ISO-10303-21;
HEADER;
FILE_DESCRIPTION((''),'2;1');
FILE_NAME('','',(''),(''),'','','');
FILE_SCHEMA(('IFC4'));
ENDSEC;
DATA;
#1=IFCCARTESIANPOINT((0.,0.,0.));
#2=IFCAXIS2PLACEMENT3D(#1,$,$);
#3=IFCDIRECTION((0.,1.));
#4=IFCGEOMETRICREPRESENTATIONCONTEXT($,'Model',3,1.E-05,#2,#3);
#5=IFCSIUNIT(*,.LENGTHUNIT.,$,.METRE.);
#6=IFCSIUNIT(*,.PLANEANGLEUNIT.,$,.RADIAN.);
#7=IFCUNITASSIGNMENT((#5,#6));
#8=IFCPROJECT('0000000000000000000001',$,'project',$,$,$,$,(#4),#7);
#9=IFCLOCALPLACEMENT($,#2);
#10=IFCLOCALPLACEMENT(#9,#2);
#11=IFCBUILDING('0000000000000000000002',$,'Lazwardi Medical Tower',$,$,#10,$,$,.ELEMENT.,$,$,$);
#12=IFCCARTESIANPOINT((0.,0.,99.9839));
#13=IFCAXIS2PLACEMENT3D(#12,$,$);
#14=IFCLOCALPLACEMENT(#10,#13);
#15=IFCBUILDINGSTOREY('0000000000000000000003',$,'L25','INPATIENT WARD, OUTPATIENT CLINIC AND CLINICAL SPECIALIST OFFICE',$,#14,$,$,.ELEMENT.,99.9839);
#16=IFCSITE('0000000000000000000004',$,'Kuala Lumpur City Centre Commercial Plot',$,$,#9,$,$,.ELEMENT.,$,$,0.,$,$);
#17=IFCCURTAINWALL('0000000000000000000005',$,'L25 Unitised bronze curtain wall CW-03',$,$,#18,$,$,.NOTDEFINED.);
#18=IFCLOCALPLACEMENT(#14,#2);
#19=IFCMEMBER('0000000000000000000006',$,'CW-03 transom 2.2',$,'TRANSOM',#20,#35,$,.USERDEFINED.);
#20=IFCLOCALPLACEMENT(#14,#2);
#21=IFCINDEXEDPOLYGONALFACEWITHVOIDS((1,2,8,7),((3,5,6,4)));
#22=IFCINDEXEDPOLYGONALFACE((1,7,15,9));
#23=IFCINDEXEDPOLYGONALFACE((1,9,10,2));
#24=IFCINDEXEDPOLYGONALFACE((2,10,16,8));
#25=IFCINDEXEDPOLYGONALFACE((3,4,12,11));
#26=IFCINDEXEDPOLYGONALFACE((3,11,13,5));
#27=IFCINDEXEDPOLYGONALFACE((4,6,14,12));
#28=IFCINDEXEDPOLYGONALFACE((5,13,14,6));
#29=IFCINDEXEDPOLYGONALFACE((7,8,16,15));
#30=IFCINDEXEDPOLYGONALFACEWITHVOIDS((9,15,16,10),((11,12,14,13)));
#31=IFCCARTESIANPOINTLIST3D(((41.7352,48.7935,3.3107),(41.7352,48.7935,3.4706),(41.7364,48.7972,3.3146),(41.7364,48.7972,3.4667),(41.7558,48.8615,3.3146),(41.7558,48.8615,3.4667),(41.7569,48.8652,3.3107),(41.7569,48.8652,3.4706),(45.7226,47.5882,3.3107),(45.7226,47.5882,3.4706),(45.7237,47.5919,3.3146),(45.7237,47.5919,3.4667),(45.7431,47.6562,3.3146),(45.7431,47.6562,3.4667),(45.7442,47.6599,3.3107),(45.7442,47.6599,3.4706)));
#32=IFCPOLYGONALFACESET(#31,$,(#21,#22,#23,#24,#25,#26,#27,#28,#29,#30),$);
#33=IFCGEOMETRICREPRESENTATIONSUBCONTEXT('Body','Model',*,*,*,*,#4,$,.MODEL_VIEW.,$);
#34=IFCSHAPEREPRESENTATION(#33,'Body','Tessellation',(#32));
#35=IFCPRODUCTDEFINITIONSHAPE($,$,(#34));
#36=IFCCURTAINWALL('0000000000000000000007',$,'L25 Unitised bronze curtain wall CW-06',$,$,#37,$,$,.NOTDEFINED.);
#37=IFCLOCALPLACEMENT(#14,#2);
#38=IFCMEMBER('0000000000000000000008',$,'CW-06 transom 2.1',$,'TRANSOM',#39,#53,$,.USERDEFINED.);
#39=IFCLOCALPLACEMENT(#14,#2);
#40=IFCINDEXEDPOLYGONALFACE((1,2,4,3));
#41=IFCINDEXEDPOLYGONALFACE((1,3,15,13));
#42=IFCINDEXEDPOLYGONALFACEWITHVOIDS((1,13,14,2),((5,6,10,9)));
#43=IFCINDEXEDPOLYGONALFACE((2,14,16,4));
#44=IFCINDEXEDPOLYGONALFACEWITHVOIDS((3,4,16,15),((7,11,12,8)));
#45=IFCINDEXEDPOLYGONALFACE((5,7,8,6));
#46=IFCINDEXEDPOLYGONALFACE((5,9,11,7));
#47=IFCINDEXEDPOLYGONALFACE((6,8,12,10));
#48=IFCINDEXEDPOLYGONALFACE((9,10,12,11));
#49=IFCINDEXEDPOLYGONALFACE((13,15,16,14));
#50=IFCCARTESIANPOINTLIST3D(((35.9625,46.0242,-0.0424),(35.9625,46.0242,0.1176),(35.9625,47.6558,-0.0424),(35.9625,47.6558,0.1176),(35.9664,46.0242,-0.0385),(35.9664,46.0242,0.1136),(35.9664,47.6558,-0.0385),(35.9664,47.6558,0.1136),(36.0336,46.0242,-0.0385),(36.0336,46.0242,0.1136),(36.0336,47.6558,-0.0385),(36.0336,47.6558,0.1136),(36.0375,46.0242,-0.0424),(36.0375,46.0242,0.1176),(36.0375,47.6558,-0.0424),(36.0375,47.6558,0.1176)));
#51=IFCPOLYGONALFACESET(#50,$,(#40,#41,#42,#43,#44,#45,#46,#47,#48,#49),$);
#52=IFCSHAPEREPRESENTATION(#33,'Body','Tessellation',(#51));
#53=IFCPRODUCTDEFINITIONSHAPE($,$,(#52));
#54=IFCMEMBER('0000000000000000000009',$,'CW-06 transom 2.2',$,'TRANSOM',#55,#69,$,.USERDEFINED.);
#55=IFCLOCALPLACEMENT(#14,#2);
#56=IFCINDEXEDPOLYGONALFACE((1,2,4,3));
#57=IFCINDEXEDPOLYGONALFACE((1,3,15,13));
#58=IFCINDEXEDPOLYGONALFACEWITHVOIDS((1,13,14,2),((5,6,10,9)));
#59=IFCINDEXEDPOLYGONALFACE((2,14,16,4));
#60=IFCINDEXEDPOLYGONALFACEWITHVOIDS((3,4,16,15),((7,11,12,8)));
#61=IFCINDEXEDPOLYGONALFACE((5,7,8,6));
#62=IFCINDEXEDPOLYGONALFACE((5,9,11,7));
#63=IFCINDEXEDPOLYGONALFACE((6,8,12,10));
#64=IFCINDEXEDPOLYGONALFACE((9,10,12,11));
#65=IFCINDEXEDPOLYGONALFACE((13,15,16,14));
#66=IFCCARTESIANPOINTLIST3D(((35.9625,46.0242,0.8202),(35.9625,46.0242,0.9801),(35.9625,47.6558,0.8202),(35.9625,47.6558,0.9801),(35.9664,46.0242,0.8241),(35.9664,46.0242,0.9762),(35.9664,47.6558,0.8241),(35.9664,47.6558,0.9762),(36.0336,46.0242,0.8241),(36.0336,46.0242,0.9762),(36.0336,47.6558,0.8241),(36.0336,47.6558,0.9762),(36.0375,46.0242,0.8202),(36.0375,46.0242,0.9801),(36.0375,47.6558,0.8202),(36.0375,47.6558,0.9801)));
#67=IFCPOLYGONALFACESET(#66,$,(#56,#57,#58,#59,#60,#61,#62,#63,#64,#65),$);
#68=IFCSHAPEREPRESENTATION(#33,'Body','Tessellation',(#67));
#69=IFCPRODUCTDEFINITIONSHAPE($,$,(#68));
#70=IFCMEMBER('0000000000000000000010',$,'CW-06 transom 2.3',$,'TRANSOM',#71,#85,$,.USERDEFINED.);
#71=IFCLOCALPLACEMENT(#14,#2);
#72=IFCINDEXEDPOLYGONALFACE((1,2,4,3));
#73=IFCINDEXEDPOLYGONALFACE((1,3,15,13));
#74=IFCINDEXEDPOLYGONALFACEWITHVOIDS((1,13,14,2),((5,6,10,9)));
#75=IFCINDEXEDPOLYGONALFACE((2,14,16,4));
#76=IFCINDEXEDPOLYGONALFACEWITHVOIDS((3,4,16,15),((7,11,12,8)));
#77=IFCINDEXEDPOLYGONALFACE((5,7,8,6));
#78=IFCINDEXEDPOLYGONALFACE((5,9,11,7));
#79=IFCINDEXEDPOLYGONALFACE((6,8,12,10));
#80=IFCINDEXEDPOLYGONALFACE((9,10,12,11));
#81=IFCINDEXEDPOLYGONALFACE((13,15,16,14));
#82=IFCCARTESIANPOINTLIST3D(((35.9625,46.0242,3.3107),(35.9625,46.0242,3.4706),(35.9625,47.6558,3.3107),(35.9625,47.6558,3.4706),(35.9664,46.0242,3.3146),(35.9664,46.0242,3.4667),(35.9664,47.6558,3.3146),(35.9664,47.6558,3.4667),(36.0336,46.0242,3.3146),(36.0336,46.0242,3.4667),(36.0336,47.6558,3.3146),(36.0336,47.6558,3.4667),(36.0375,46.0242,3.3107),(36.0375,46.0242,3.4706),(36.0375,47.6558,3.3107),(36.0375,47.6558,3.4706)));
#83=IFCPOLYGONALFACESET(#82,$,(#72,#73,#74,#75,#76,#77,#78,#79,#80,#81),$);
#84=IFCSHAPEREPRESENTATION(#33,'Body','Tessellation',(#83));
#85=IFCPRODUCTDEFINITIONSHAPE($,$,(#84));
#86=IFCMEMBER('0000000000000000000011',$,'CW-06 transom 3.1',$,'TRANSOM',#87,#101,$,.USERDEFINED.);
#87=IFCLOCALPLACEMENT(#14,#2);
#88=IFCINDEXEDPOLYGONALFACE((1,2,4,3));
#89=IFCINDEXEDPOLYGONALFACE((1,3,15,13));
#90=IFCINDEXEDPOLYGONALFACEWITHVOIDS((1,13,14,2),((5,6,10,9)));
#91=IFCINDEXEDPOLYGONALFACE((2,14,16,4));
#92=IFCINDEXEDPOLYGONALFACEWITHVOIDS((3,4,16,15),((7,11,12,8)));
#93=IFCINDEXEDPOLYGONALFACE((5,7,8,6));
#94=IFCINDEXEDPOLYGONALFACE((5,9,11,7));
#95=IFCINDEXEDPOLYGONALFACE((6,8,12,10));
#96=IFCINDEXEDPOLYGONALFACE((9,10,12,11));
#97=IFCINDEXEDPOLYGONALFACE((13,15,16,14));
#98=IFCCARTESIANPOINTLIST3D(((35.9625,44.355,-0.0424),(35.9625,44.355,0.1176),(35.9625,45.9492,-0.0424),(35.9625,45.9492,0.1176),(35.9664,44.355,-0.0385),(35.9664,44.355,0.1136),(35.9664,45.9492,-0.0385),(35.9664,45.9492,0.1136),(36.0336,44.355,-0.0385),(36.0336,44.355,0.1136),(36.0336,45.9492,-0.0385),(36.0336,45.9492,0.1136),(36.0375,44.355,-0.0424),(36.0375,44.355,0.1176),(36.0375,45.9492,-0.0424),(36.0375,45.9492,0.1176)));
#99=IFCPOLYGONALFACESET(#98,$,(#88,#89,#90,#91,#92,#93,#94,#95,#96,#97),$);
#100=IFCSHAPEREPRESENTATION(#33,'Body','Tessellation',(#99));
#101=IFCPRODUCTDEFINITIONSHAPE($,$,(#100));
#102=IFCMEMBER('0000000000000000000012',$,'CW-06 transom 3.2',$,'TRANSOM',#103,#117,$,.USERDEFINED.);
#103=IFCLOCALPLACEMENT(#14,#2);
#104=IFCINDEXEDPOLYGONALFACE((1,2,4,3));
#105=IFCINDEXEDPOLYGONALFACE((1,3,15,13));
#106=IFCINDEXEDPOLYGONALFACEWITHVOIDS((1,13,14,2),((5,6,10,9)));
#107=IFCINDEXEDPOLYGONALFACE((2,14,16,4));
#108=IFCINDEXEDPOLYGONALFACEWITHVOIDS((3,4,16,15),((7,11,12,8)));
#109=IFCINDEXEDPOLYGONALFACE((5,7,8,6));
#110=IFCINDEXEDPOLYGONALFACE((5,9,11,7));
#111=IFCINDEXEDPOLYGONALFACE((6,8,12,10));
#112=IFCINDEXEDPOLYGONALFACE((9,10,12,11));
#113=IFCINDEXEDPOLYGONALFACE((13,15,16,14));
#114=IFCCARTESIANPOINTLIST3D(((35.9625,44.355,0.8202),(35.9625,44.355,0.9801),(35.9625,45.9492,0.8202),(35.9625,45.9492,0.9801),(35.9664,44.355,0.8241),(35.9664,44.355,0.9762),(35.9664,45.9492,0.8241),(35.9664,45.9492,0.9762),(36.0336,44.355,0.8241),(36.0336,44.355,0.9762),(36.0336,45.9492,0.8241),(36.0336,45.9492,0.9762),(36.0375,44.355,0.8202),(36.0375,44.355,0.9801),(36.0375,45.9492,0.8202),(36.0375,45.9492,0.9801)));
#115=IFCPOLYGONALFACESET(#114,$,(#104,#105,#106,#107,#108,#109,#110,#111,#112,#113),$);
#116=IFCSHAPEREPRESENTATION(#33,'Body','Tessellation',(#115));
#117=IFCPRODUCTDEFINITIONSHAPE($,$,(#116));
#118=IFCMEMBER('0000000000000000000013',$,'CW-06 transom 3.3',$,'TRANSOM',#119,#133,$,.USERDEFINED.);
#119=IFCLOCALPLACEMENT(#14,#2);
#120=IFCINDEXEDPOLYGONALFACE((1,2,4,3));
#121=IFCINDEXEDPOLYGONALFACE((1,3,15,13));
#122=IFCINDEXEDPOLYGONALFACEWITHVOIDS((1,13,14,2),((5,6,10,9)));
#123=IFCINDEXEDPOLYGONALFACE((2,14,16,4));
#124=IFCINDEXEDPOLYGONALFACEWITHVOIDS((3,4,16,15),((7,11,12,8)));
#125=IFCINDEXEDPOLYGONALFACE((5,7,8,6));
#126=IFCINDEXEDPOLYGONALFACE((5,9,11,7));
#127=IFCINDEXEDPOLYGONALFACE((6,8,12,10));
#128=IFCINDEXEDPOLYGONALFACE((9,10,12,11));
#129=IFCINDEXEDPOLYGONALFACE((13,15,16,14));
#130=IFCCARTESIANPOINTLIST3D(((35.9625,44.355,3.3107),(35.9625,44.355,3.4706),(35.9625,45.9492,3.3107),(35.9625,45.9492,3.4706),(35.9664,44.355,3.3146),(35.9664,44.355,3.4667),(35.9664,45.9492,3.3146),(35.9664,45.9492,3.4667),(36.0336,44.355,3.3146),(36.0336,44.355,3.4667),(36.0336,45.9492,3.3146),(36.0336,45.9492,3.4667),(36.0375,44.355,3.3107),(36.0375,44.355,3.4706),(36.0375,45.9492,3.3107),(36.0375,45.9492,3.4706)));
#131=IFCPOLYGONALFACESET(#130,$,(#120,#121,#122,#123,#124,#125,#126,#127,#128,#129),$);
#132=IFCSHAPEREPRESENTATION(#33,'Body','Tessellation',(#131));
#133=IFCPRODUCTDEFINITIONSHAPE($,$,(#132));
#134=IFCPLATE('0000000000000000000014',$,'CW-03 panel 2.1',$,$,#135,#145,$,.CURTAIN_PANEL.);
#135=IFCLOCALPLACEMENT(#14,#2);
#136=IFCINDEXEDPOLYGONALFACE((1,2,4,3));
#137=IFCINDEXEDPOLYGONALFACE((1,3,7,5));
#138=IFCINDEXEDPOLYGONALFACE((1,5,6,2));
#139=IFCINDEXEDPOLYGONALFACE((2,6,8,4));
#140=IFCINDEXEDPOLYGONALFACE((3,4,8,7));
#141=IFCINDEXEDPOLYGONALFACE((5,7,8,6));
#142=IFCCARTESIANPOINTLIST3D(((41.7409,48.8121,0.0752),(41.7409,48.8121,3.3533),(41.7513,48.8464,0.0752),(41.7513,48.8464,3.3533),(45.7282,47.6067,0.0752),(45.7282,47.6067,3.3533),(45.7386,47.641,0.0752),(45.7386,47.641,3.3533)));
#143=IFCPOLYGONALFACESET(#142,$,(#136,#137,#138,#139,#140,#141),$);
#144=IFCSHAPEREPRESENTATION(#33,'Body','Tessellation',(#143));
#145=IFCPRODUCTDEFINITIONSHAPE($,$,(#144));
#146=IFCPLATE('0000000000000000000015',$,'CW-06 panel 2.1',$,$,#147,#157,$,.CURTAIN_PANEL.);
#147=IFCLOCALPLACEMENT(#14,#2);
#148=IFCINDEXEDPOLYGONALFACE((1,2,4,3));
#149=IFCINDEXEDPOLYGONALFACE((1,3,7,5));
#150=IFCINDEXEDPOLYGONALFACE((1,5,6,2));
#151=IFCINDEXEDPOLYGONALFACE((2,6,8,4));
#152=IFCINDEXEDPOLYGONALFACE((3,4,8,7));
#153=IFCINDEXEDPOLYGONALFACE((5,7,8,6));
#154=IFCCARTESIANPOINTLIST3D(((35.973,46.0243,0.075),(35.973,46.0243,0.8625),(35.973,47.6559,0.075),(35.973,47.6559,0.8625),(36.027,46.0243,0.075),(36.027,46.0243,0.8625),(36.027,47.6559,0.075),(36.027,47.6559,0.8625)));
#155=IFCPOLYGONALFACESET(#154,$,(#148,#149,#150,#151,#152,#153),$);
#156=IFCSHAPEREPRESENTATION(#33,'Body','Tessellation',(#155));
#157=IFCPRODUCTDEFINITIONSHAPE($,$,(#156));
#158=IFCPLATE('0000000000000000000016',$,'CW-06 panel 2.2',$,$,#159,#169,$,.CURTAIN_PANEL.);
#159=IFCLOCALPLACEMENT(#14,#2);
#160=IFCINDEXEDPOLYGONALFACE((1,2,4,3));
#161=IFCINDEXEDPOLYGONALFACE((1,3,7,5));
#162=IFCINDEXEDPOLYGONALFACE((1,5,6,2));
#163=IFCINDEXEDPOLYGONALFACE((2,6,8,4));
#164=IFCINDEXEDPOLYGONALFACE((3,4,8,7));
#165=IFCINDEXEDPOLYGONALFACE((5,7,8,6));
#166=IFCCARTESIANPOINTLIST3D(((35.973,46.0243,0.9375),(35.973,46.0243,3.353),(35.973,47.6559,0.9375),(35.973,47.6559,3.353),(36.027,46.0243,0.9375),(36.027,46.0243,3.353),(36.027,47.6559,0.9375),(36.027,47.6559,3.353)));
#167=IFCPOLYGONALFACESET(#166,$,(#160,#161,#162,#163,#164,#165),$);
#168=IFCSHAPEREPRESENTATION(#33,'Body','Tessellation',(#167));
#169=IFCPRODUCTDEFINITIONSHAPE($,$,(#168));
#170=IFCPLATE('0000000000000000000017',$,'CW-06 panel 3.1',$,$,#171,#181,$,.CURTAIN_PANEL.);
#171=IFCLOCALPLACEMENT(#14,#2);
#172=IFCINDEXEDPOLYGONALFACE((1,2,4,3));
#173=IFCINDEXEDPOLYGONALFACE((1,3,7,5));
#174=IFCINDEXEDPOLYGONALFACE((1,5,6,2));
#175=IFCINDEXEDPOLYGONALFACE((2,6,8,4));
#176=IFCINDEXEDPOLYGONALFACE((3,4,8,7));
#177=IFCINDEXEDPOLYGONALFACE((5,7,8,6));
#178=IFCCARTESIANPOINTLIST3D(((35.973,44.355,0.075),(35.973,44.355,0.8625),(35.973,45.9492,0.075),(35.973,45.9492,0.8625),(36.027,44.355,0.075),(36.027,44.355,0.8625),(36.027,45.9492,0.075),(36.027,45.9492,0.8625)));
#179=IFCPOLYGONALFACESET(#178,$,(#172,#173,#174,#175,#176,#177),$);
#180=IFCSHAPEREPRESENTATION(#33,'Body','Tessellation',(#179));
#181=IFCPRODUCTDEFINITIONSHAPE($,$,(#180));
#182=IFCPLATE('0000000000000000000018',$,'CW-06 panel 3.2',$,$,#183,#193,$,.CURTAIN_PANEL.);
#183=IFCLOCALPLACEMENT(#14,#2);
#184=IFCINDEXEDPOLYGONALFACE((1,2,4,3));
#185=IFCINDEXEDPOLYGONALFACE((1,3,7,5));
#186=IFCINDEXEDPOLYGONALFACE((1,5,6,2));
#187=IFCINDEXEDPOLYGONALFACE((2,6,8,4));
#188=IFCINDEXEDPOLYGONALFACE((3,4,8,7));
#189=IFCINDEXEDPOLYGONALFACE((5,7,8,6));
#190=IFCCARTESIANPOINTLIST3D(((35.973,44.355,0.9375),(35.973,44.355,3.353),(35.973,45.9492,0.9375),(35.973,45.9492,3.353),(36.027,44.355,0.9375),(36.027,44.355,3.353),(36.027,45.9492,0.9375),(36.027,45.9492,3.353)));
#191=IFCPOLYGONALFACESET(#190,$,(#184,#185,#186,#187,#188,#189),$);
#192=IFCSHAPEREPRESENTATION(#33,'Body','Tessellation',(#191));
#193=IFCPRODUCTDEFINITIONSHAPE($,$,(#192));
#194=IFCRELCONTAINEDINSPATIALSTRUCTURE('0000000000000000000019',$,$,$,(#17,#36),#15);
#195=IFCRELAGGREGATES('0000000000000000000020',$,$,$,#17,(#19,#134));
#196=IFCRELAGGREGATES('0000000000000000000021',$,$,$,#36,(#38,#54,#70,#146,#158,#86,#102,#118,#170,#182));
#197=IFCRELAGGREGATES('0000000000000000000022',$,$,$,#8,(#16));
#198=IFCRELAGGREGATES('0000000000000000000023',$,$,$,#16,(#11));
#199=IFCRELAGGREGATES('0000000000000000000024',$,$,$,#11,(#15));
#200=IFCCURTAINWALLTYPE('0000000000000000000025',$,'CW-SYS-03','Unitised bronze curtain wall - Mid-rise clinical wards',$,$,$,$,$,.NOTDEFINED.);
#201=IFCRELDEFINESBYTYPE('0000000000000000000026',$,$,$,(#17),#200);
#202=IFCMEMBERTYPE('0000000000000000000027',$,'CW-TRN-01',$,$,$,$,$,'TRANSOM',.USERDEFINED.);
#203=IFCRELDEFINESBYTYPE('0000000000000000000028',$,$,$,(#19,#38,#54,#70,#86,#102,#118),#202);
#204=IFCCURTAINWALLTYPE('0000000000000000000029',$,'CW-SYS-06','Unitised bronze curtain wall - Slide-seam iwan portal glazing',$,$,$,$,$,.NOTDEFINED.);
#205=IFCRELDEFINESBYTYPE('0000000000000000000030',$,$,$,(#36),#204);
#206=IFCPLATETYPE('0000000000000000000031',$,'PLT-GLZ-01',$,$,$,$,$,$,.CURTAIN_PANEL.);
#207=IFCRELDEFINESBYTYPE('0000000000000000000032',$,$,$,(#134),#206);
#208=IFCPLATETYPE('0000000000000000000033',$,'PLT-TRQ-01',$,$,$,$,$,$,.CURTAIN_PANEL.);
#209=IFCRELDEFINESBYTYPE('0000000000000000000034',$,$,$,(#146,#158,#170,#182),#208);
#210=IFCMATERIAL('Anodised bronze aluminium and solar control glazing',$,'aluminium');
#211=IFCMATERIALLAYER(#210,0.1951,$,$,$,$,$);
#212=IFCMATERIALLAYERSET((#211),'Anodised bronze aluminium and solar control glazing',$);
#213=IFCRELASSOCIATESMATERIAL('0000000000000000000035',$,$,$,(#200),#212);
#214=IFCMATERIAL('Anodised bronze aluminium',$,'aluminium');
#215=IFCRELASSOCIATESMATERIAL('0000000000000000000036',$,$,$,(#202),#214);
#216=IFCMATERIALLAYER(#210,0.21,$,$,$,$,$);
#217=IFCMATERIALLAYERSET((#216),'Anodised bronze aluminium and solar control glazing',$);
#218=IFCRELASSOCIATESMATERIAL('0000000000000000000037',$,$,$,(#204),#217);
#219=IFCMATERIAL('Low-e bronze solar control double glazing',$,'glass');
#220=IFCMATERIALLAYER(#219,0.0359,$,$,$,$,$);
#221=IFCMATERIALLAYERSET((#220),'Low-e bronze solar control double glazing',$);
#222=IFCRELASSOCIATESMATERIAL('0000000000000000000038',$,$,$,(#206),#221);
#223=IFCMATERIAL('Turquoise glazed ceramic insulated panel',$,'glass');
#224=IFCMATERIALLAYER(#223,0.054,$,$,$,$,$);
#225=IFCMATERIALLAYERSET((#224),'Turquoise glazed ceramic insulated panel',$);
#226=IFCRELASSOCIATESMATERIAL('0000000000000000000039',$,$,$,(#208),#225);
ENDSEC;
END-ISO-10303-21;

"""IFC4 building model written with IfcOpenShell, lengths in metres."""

from ifc_helpers import new_model, si_unit, direction, frame, origin, origin_2d, place, context, subcontext, project, spatial, rectangle, hollow_rectangle, extrude, material, layer, layer_set, material_profile, profile_set, type_object, element, aggregate, save


model = new_model("IFC4")

# Units and contexts
model_context = context("Model", 3, precision=1e-05, world=origin(), true_north=direction((0.0, 1.0)))
body_context = subcontext(model_context, "Body", "Model", "MODEL_VIEW")
ifc_project = project(units=[si_unit("LENGTHUNIT", "METRE"), si_unit("PLANEANGLEUNIT", "RADIAN")], contexts=[model_context])

# Site, building, storey
site_placement = place(None, origin())
site = spatial("IfcSite", under=ifc_project, at=site_placement, Name="Kuala Lumpur City Centre Commercial Plot", CompositionType="ELEMENT", RefElevation=0.0)
building_placement = place(site_placement, origin())
building = spatial("IfcBuilding", under=site, at=building_placement, Name="Lazwardi Medical Tower", CompositionType="ELEMENT")
storey_placement = place(building_placement, frame((0.0, 0.0, 99.9839)))
storey = spatial("IfcBuildingStorey", under=building, at=storey_placement, Name="L25", Description="INPATIENT WARD, OUTPATIENT CLINIC AND CLINICAL SPECIALIST OFFICE", CompositionType="ELEMENT", Elevation=99.9839)

# Curtain walls, members
ifc_material_1 = material(Name="Anodised bronze aluminium and solar control glazing", Category="aluminium")
ifc_layer_1 = layer(ifc_material_1, 0.1951)
ifc_layer_set_1 = layer_set([ifc_layer_1], Name="Anodised bronze aluminium and solar control glazing")
curtain_wall_type_1 = type_object("IfcCurtainWallType", Name="CW-SYS-03", Description="Unitised bronze curtain wall - Mid-rise clinical wards", PredefinedType="NOTDEFINED", material=ifc_layer_set_1)
curtain_wall_1_placement = place(storey_placement, origin())
curtain_wall_1 = element("IfcCurtainWall", 1, at=curtain_wall_1_placement, inside=storey, type_object=curtain_wall_type_1, Name="L25 Unitised bronze curtain wall CW-03", PredefinedType="NOTDEFINED")
ifc_material_2 = material(Name="Anodised bronze aluminium", Category="aluminium")
ifc_material_profile_1 = material_profile(ifc_material_2, hollow_rectangle(XDim=0.075, YDim=0.1599, WallThickness=0.0039, at=origin_2d()), Name="ALU-TRANSOM 160x75x4")
ifc_profile_set_1 = profile_set([ifc_material_profile_1], Name="Anodised bronze aluminium")
member_type_1 = type_object("IfcMemberType", Name="CW-TRN-01", ElementType="TRANSOM", PredefinedType="USERDEFINED", material=ifc_profile_set_1)
member_1_placement = place(storey_placement, frame((45.7334, 47.624, 3.3906), z_axis=(-0.957221, 0.289358, 0.0), x_axis=(-0.289358, -0.957221, 0.0)))
member_1 = element("IfcMember", 2, at=member_1_placement, type_object=member_type_1, Name="CW-03 transom 2.2", ObjectType="TRANSOM", PredefinedType="USERDEFINED", context=body_context, shape_type="SweptSolid", body=[
    extrude(hollow_rectangle(XDim=0.075, YDim=0.1599, WallThickness=0.0039, at=origin_2d()), origin(), (0.0, 0.0, 1.0), 4.1655),
])
ifc_layer_2 = layer(ifc_material_1, 0.21)
ifc_layer_set_2 = layer_set([ifc_layer_2], Name="Anodised bronze aluminium and solar control glazing")
curtain_wall_type_2 = type_object("IfcCurtainWallType", Name="CW-SYS-06", Description="Unitised bronze curtain wall - Slide-seam iwan portal glazing", PredefinedType="NOTDEFINED", material=ifc_layer_set_2)
curtain_wall_2_placement = place(storey_placement, origin())
curtain_wall_2 = element("IfcCurtainWall", 3, at=curtain_wall_2_placement, inside=storey, type_object=curtain_wall_type_2, Name="L25 Unitised bronze curtain wall CW-06", PredefinedType="NOTDEFINED")
member_2_placement = place(storey_placement, frame((36.0, 47.6558, 0.0376), z_axis=(0.0, -1.0, 0.0), x_axis=(1.0, 0.0, 0.0)))
member_2 = element("IfcMember", 4, at=member_2_placement, type_object=member_type_1, Name="CW-06 transom 2.1", ObjectType="TRANSOM", PredefinedType="USERDEFINED", context=body_context, shape_type="SweptSolid", body=[
    extrude(hollow_rectangle(XDim=0.075, YDim=0.1599, WallThickness=0.0039, at=origin_2d()), origin(), (0.0, 0.0, 1.0), 1.6316),
])
member_3_placement = place(storey_placement, frame((36.0, 47.6558, 0.9001), z_axis=(0.0, -1.0, 0.0), x_axis=(1.0, 0.0, 0.0)))
member_3 = element("IfcMember", 5, at=member_3_placement, type_object=member_type_1, Name="CW-06 transom 2.2", ObjectType="TRANSOM", PredefinedType="USERDEFINED", context=body_context, shape_type="SweptSolid", body=[
    extrude(hollow_rectangle(XDim=0.075, YDim=0.1599, WallThickness=0.0039, at=origin_2d()), origin(), (0.0, 0.0, 1.0), 1.6316),
])
member_4_placement = place(storey_placement, frame((36.0, 47.6558, 3.3906), z_axis=(0.0, -1.0, 0.0), x_axis=(1.0, 0.0, 0.0)))
member_4 = element("IfcMember", 6, at=member_4_placement, type_object=member_type_1, Name="CW-06 transom 2.3", ObjectType="TRANSOM", PredefinedType="USERDEFINED", context=body_context, shape_type="SweptSolid", body=[
    extrude(hollow_rectangle(XDim=0.075, YDim=0.1599, WallThickness=0.0039, at=origin_2d()), origin(), (0.0, 0.0, 1.0), 1.6316),
])
member_5_placement = place(storey_placement, frame((36.0, 45.9492, 0.0376), z_axis=(0.0, -1.0, 0.0), x_axis=(1.0, 0.0, 0.0)))
member_5 = element("IfcMember", 7, at=member_5_placement, type_object=member_type_1, Name="CW-06 transom 3.1", ObjectType="TRANSOM", PredefinedType="USERDEFINED", context=body_context, shape_type="SweptSolid", body=[
    extrude(hollow_rectangle(XDim=0.075, YDim=0.1599, WallThickness=0.0039, at=origin_2d()), origin(), (0.0, 0.0, 1.0), 1.5942),
])
member_6_placement = place(storey_placement, frame((36.0, 45.9492, 0.9001), z_axis=(0.0, -1.0, 0.0), x_axis=(1.0, 0.0, 0.0)))
member_6 = element("IfcMember", 8, at=member_6_placement, type_object=member_type_1, Name="CW-06 transom 3.2", ObjectType="TRANSOM", PredefinedType="USERDEFINED", context=body_context, shape_type="SweptSolid", body=[
    extrude(hollow_rectangle(XDim=0.075, YDim=0.1599, WallThickness=0.0039, at=origin_2d()), origin(), (0.0, 0.0, 1.0), 1.5942),
])
member_7_placement = place(storey_placement, frame((36.0, 45.9492, 3.3906), z_axis=(0.0, -1.0, 0.0), x_axis=(1.0, 0.0, 0.0)))
member_7 = element("IfcMember", 9, at=member_7_placement, type_object=member_type_1, Name="CW-06 transom 3.3", ObjectType="TRANSOM", PredefinedType="USERDEFINED", context=body_context, shape_type="SweptSolid", body=[
    extrude(hollow_rectangle(XDim=0.075, YDim=0.1599, WallThickness=0.0039, at=origin_2d()), origin(), (0.0, 0.0, 1.0), 1.5942),
])

# Plates
ifc_material_3 = material(Name="Low-e bronze solar control double glazing", Category="glass")
ifc_layer_3 = layer(ifc_material_3, 0.0359)
ifc_layer_set_3 = layer_set([ifc_layer_3], Name="Low-e bronze solar control double glazing")
plate_type_1 = type_object("IfcPlateType", Name="PLT-GLZ-01", PredefinedType="CURTAIN_PANEL", material=ifc_layer_set_3)
plate_1_placement = place(storey_placement, frame((43.7397, 48.2266, 0.0752), z_axis=(0.0, 0.0, 1.0), x_axis=(-0.957216, 0.289374, 0.0)))
plate_1 = element("IfcPlate", 10, at=plate_1_placement, type_object=plate_type_1, Name="CW-03 panel 2.1", PredefinedType="CURTAIN_PANEL", context=body_context, shape_type="SweptSolid", body=[
    extrude(rectangle(XDim=4.1655, YDim=0.0359, at=origin_2d()), origin(), (0.0, 0.0, 1.0), 3.2781),
])
aggregate(curtain_wall_1, [member_1, plate_1])
ifc_material_4 = material(Name="Turquoise glazed ceramic insulated panel", Category="glass")
ifc_layer_4 = layer(ifc_material_4, 0.054)
ifc_layer_set_4 = layer_set([ifc_layer_4], Name="Turquoise glazed ceramic insulated panel")
plate_type_2 = type_object("IfcPlateType", Name="PLT-TRQ-01", PredefinedType="CURTAIN_PANEL", material=ifc_layer_set_4)
plate_2_placement = place(storey_placement, frame((36.0, 46.8401, 0.075), z_axis=(0.0, 0.0, 1.0), x_axis=(0.0, -1.0, 0.0)))
plate_2 = element("IfcPlate", 11, at=plate_2_placement, type_object=plate_type_2, Name="CW-06 panel 2.1", PredefinedType="CURTAIN_PANEL", context=body_context, shape_type="SweptSolid", body=[
    extrude(rectangle(XDim=1.6316, YDim=0.054, at=origin_2d()), origin(), (0.0, 0.0, 1.0), 0.7876),
])
plate_3_placement = place(storey_placement, frame((36.0, 46.8401, 0.9375), z_axis=(0.0, 0.0, 1.0), x_axis=(0.0, -1.0, 0.0)))
plate_3 = element("IfcPlate", 12, at=plate_3_placement, type_object=plate_type_2, Name="CW-06 panel 2.2", PredefinedType="CURTAIN_PANEL", context=body_context, shape_type="SweptSolid", body=[
    extrude(rectangle(XDim=1.6316, YDim=0.054, at=origin_2d()), origin(), (0.0, 0.0, 1.0), 2.4155),
])
plate_4_placement = place(storey_placement, frame((36.0, 45.1521, 0.075), z_axis=(0.0, 0.0, 1.0), x_axis=(0.0, -1.0, 0.0)))
plate_4 = element("IfcPlate", 13, at=plate_4_placement, type_object=plate_type_2, Name="CW-06 panel 3.1", PredefinedType="CURTAIN_PANEL", context=body_context, shape_type="SweptSolid", body=[
    extrude(rectangle(XDim=1.5942, YDim=0.054, at=origin_2d()), origin(), (0.0, 0.0, 1.0), 0.7876),
])
plate_5_placement = place(storey_placement, frame((36.0, 45.1521, 0.9375), z_axis=(0.0, 0.0, 1.0), x_axis=(0.0, -1.0, 0.0)))
plate_5 = element("IfcPlate", 14, at=plate_5_placement, type_object=plate_type_2, Name="CW-06 panel 3.2", PredefinedType="CURTAIN_PANEL", context=body_context, shape_type="SweptSolid", body=[
    extrude(rectangle(XDim=1.5942, YDim=0.054, at=origin_2d()), origin(), (0.0, 0.0, 1.0), 2.4155),
])
aggregate(curtain_wall_2, [member_2, member_3, member_4, plate_2, plate_3, member_5, member_6, member_7, plate_4, plate_5])

save(model, "model.ifc")
